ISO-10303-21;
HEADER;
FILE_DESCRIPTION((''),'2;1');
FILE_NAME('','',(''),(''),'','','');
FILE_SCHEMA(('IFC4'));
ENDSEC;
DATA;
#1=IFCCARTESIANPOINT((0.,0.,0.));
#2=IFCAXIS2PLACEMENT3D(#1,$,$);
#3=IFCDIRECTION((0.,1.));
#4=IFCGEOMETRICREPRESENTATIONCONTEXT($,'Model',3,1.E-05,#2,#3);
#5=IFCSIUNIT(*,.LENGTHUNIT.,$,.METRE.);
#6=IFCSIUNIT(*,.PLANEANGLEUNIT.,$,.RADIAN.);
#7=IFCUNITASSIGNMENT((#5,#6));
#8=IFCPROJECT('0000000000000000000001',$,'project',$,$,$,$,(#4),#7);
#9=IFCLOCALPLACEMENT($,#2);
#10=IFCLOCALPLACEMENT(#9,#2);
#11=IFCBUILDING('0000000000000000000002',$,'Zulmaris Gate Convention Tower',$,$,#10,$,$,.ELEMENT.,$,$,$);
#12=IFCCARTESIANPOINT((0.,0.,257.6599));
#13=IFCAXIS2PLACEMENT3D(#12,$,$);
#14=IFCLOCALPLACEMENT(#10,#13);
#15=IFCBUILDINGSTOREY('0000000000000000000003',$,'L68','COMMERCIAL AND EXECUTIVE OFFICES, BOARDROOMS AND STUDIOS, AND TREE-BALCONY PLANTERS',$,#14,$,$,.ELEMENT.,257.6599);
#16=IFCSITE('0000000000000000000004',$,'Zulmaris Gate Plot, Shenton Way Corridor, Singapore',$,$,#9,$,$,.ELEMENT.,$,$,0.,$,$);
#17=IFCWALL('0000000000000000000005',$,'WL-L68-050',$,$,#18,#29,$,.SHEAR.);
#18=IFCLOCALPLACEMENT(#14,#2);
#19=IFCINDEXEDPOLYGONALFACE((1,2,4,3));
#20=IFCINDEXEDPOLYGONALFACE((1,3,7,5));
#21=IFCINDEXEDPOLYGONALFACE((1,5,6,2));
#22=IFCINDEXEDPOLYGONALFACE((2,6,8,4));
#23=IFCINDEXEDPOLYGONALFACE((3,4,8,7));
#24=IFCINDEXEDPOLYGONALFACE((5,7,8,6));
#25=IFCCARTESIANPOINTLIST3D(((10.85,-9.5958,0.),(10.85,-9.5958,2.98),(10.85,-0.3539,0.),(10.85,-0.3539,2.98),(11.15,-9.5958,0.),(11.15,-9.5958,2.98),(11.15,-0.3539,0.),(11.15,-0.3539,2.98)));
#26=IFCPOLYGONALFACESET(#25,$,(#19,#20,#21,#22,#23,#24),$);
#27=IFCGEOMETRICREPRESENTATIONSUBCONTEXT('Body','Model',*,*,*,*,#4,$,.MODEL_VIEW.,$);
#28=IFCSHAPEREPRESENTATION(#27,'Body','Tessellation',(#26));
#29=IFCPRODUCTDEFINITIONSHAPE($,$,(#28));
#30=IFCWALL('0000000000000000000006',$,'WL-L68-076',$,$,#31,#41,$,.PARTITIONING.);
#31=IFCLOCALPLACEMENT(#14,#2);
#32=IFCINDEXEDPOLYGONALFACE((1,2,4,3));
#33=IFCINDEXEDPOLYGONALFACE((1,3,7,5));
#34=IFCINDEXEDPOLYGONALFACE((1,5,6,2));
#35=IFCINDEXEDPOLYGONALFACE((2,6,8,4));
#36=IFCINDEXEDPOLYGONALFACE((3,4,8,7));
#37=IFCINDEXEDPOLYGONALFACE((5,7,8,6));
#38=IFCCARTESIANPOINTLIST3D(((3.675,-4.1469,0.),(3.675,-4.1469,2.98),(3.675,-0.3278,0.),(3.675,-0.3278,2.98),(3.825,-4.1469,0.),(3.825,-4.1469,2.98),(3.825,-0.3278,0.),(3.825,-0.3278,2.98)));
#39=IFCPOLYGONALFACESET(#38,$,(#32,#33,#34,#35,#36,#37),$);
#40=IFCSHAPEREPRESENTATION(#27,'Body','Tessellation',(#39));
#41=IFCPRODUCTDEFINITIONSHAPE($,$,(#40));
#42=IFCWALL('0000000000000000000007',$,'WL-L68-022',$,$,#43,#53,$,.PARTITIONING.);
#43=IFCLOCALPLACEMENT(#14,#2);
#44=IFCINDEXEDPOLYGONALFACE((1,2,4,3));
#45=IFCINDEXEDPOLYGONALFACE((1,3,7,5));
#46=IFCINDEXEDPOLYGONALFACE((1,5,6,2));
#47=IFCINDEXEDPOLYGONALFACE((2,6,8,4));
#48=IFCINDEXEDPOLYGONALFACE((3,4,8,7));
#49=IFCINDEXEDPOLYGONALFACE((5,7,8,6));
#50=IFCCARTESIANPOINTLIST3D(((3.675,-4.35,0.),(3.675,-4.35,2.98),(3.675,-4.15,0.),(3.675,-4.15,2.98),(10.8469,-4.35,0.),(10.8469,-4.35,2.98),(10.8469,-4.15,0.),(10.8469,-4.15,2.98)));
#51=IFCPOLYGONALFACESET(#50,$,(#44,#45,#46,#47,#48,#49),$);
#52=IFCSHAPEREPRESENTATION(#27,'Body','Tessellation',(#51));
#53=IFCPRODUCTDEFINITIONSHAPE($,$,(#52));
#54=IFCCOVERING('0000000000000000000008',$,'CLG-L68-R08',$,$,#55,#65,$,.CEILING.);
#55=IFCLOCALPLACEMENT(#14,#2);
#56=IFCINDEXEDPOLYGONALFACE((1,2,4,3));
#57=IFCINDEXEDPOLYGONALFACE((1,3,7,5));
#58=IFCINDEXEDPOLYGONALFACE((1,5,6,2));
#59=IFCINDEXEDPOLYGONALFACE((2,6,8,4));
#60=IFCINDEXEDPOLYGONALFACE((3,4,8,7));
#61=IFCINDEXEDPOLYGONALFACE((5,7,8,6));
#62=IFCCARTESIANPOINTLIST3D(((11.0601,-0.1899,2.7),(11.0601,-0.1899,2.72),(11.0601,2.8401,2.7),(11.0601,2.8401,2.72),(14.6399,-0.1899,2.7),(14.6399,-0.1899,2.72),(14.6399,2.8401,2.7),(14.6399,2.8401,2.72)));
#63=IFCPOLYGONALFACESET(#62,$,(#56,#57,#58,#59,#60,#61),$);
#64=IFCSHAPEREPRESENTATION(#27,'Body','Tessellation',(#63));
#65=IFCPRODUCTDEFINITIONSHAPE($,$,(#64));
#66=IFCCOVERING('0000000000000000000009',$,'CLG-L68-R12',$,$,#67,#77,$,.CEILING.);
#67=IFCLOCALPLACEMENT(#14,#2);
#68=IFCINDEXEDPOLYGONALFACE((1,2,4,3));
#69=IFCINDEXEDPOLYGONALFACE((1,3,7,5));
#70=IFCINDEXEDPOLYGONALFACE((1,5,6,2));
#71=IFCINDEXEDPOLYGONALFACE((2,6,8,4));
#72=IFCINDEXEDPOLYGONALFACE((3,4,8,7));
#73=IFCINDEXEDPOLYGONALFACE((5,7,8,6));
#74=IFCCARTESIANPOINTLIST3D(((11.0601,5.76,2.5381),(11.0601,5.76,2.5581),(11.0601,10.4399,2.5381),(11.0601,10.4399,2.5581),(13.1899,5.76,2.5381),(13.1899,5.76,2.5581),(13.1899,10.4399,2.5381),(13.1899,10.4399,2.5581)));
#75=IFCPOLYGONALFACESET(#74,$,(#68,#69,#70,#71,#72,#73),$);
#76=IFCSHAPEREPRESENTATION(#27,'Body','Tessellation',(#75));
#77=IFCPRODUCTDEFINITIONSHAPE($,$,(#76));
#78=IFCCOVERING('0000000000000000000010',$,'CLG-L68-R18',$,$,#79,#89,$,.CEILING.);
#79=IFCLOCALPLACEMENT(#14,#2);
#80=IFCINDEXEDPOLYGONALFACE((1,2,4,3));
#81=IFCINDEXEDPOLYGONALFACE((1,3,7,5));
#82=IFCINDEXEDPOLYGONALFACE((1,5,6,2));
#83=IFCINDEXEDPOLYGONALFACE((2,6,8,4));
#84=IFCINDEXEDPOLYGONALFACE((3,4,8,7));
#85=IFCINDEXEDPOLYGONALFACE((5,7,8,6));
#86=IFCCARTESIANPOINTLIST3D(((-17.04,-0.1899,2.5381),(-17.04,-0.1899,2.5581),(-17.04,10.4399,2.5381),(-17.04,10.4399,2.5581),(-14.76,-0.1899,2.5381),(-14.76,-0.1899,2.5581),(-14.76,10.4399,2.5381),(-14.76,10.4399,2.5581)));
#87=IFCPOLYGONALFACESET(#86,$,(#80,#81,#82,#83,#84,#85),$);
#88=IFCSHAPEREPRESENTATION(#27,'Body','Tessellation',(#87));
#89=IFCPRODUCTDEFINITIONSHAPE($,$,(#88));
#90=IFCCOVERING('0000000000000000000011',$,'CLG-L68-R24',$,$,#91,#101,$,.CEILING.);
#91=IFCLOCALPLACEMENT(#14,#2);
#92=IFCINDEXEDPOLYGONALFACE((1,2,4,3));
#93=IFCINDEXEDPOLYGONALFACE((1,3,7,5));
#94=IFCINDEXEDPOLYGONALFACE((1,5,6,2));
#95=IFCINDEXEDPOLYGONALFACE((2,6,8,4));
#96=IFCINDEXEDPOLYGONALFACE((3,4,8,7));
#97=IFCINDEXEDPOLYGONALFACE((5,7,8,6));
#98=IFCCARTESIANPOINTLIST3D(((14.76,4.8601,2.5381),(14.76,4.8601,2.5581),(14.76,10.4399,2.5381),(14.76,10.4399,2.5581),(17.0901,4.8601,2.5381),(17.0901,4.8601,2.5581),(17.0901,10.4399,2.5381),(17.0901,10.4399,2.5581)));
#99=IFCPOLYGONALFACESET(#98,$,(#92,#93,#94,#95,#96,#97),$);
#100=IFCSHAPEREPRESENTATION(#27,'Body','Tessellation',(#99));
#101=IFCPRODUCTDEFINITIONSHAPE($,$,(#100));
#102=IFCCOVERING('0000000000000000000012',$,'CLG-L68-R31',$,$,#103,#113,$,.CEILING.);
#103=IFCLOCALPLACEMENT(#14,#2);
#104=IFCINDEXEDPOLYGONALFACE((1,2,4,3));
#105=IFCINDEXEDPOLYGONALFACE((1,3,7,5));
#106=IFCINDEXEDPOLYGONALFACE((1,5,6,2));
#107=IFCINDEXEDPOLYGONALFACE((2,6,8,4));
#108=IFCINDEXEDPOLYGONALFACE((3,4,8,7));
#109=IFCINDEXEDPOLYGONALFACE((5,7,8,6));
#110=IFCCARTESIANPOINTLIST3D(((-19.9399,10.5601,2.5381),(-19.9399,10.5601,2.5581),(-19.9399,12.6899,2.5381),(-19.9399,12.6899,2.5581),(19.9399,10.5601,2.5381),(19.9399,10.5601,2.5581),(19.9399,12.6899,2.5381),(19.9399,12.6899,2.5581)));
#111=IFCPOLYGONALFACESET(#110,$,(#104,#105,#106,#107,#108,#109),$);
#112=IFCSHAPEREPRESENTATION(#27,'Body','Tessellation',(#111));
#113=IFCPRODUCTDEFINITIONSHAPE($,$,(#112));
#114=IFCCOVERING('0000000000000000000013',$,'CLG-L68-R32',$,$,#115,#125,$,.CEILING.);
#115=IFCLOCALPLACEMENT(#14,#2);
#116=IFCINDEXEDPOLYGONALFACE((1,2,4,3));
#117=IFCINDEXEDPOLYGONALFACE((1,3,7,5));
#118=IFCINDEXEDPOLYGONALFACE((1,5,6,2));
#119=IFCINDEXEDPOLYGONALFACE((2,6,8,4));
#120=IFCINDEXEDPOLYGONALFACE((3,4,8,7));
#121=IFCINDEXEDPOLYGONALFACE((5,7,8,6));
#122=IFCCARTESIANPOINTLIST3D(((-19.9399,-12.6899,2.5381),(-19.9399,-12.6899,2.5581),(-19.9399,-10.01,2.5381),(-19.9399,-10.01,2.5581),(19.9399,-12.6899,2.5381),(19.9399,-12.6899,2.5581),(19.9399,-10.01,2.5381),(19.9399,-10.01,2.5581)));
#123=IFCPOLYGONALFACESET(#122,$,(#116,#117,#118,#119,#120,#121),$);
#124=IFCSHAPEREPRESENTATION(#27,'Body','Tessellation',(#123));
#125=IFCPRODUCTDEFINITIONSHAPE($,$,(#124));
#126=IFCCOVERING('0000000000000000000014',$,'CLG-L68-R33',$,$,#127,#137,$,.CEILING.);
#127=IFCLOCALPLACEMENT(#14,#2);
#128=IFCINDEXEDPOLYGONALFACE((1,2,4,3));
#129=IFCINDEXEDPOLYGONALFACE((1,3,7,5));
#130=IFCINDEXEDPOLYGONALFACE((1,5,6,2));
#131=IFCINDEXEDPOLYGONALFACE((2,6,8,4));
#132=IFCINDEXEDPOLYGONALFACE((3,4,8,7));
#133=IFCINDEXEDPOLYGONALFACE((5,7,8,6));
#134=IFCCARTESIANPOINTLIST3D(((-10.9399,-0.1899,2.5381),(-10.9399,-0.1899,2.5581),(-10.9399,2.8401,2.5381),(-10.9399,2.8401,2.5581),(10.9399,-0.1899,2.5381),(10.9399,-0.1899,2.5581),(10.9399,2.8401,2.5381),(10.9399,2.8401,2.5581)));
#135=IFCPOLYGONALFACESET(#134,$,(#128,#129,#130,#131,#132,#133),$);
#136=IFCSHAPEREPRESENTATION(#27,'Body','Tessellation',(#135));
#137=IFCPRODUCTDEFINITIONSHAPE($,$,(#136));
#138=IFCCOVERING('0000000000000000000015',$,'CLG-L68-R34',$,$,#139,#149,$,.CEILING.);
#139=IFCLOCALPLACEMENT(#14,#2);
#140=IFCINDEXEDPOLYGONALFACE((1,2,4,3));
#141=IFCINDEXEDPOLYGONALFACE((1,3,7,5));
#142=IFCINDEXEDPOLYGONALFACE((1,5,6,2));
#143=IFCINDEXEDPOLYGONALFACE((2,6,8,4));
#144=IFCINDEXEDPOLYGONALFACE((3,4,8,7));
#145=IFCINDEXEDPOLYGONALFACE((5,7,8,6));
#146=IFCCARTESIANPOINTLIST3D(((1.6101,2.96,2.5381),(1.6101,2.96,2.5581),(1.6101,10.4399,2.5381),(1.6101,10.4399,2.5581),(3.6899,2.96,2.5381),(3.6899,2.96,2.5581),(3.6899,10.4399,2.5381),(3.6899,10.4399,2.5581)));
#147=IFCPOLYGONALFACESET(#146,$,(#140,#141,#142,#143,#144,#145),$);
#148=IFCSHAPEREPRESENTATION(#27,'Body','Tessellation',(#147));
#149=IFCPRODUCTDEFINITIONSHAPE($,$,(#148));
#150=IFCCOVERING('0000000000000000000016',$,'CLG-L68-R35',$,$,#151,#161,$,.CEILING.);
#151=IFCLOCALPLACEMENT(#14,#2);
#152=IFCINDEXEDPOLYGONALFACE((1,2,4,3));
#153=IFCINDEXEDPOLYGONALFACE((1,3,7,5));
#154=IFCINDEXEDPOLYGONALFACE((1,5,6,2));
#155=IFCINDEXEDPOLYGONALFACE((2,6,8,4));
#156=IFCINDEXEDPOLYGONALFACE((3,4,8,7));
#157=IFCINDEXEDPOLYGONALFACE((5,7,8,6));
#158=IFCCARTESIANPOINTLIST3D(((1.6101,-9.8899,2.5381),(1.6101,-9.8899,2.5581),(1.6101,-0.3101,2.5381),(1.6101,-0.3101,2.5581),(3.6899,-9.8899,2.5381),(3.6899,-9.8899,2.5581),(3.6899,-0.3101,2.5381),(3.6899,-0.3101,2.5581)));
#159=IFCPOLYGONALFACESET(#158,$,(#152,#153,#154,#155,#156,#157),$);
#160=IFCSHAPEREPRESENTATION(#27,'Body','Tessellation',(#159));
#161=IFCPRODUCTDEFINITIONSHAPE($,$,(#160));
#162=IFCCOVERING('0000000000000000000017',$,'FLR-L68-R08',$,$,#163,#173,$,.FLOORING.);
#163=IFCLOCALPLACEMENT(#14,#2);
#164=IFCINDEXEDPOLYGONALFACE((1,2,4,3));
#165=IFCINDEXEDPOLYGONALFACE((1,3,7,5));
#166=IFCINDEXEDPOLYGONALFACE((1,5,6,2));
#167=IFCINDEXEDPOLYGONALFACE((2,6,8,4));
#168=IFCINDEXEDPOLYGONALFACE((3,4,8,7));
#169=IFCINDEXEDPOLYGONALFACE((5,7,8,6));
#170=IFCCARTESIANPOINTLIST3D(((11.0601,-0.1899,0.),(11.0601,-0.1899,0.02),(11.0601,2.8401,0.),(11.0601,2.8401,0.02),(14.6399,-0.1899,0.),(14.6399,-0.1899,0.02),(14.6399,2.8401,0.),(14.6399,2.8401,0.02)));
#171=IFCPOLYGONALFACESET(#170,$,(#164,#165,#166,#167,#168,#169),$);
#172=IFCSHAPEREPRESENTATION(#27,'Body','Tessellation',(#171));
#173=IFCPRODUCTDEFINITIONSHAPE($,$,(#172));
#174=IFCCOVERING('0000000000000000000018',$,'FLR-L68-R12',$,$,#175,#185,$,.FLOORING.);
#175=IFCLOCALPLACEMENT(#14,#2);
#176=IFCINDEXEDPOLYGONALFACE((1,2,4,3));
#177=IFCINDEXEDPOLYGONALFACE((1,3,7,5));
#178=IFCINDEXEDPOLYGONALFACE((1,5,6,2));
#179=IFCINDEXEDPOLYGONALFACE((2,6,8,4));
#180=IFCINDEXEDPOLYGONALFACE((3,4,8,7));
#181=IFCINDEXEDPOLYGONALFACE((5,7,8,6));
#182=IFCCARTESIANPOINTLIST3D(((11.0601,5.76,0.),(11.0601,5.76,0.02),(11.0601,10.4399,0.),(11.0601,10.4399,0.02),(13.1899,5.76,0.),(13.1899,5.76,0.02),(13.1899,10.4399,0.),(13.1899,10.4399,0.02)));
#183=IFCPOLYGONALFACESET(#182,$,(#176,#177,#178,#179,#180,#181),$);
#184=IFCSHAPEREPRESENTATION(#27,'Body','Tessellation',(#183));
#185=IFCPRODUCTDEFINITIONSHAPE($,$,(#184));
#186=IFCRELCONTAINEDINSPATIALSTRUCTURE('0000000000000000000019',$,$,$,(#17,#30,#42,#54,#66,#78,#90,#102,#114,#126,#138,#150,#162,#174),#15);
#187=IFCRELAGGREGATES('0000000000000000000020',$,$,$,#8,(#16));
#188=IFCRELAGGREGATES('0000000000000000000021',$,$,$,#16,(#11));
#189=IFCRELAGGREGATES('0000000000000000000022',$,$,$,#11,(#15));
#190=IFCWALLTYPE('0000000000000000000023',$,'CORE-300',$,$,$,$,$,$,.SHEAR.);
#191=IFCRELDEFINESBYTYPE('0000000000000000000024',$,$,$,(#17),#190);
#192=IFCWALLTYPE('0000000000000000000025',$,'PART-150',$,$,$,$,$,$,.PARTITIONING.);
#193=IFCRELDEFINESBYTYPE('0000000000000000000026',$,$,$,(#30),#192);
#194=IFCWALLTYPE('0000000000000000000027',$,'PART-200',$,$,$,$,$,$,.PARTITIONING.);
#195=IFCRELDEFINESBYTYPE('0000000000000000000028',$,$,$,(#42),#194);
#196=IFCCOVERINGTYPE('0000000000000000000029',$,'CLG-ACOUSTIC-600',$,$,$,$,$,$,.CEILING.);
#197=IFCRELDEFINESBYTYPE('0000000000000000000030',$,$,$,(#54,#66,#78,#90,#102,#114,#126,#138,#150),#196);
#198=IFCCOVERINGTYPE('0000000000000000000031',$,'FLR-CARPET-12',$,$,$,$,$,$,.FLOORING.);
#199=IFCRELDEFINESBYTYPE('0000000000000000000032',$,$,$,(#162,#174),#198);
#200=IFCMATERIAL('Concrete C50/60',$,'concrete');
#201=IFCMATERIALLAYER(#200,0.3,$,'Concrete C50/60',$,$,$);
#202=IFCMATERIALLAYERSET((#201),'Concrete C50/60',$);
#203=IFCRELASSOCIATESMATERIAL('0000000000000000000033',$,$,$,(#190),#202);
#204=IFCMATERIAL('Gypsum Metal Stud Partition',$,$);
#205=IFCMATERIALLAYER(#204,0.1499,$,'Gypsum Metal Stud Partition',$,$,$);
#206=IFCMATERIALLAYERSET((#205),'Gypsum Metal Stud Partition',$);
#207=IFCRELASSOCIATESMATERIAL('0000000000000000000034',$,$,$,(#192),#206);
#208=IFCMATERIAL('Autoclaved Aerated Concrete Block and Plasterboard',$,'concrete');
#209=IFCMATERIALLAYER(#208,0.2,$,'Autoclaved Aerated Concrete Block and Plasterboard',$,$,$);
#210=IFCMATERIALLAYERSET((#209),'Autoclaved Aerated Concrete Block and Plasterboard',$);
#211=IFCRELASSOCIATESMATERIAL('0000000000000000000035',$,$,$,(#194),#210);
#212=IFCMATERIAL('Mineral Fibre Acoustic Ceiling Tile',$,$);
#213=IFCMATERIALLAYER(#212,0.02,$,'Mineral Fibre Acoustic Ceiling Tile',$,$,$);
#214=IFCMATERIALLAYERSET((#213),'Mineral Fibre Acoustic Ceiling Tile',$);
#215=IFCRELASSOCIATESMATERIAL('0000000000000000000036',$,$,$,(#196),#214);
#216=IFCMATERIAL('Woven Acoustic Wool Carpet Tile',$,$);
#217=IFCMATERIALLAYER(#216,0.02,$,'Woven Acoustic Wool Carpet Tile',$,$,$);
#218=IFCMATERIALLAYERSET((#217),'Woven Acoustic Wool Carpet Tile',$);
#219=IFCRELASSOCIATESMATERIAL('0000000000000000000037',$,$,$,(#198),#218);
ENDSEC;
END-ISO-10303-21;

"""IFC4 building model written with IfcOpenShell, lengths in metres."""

from ifc_helpers import new_model, si_unit, direction, frame, frame_2d, origin, place, context, subcontext, project, spatial, polyline, rectangle, outline, extrude, material, layer, layer_set, type_object, element, save


model = new_model("IFC4")

# Units and contexts
model_context = context("Model", 3, precision=1e-05, world=origin(), true_north=direction((0.0, 1.0)))
body_context = subcontext(model_context, "Body", "Model", "MODEL_VIEW")
ifc_project = project(units=[si_unit("LENGTHUNIT", "METRE"), si_unit("PLANEANGLEUNIT", "RADIAN")], contexts=[model_context])

# Site, building, storey
site_placement = place(None, origin())
site = spatial("IfcSite", under=ifc_project, at=site_placement, Name="Zulmaris Gate Plot, Shenton Way Corridor, Singapore", CompositionType="ELEMENT", RefElevation=0.0)
building_placement = place(site_placement, origin())
building = spatial("IfcBuilding", under=site, at=building_placement, Name="Zulmaris Gate Convention Tower", CompositionType="ELEMENT")
storey_placement = place(building_placement, frame((0.0, 0.0, 257.6599)))
storey = spatial("IfcBuildingStorey", under=building, at=storey_placement, Name="L68", Description="COMMERCIAL AND EXECUTIVE OFFICES, BOARDROOMS AND STUDIOS, AND TREE-BALCONY PLANTERS", CompositionType="ELEMENT", Elevation=257.6599)

# Walls
ifc_material_1 = material(Name="Concrete C50/60", Category="concrete")
ifc_layer_1 = layer(ifc_material_1, 0.3, Name="Concrete C50/60")
ifc_layer_set_1 = layer_set([ifc_layer_1], Name="Concrete C50/60")
wall_type_1 = type_object("IfcWallType", Name="CORE-300", PredefinedType="SHEAR", material=ifc_layer_set_1)
wall_1_placement = place(storey_placement, frame((11.0, -9.5959, 0.0), z_axis=(0.0, 0.0, 1.0), x_axis=(0.0, 1.0, 0.0)))
element("IfcWall", 1, at=wall_1_placement, inside=storey, type_object=wall_type_1, Name="WL-L68-050", PredefinedType="SHEAR", context=body_context, shape_type="SweptSolid", body=[
    extrude(rectangle(XDim=9.2419, YDim=0.3, at=frame_2d((4.6211, 0.0))), origin(), (0.0, 0.0, 1.0), 2.98),
])
ifc_material_2 = material(Name="Gypsum Metal Stud Partition")
ifc_layer_2 = layer(ifc_material_2, 0.1499, Name="Gypsum Metal Stud Partition")
ifc_layer_set_2 = layer_set([ifc_layer_2], Name="Gypsum Metal Stud Partition")
wall_type_2 = type_object("IfcWallType", Name="PART-150", PredefinedType="PARTITIONING", material=ifc_layer_set_2)
wall_2_placement = place(storey_placement, frame((3.75, -4.147, 0.0), z_axis=(0.0, 0.0, 1.0), x_axis=(0.0, 1.0, 0.0)))
element("IfcWall", 2, at=wall_2_placement, inside=storey, type_object=wall_type_2, Name="WL-L68-076", PredefinedType="PARTITIONING", context=body_context, shape_type="SweptSolid", body=[
    extrude(rectangle(XDim=3.8191, YDim=0.1499, at=frame_2d((1.9097, 0.0))), origin(), (0.0, 0.0, 1.0), 2.98),
])
ifc_material_3 = material(Name="Autoclaved Aerated Concrete Block and Plasterboard", Category="concrete")
ifc_layer_3 = layer(ifc_material_3, 0.2, Name="Autoclaved Aerated Concrete Block and Plasterboard")
ifc_layer_set_3 = layer_set([ifc_layer_3], Name="Autoclaved Aerated Concrete Block and Plasterboard")
wall_type_3 = type_object("IfcWallType", Name="PART-200", PredefinedType="PARTITIONING", material=ifc_layer_set_3)
wall_3_placement = place(storey_placement, frame((3.675, -4.25, 0.0), z_axis=(0.0, 0.0, 1.0), x_axis=(1.0, 0.0, 0.0)))
element("IfcWall", 3, at=wall_3_placement, inside=storey, type_object=wall_type_3, Name="WL-L68-022", PredefinedType="PARTITIONING", context=body_context, shape_type="SweptSolid", body=[
    extrude(rectangle(XDim=7.1719, YDim=0.2, at=frame_2d((3.5859, 0.0))), origin(), (0.0, 0.0, 1.0), 2.98),
])

# Coverings
ifc_material_4 = material(Name="Mineral Fibre Acoustic Ceiling Tile")
ifc_layer_4 = layer(ifc_material_4, 0.02, Name="Mineral Fibre Acoustic Ceiling Tile")
ifc_layer_set_4 = layer_set([ifc_layer_4], Name="Mineral Fibre Acoustic Ceiling Tile")
covering_type_1 = type_object("IfcCoveringType", Name="CLG-ACOUSTIC-600", PredefinedType="CEILING", material=ifc_layer_set_4)
covering_1_placement = place(storey_placement, frame((0.0, 0.0, 2.7)))
element("IfcCovering", 4, at=covering_1_placement, inside=storey, type_object=covering_type_1, Name="CLG-L68-R08", PredefinedType="CEILING", context=body_context, shape_type="SweptSolid", body=[
    extrude(outline(polyline([(11.0601, -0.1899), (14.6399, -0.1899), (14.6399, 2.8401), (11.0601, 2.8401), (11.0601, -0.1899)])), origin(), (0.0, 0.0, 1.0), 0.02),
])
covering_2_placement = place(storey_placement, frame((0.0, 0.0, 2.5381)))
element("IfcCovering", 5, at=covering_2_placement, inside=storey, type_object=covering_type_1, Name="CLG-L68-R12", PredefinedType="CEILING", context=body_context, shape_type="SweptSolid", body=[
    extrude(outline(polyline([(11.0601, 5.76), (13.1899, 5.76), (13.1899, 10.4399), (11.0601, 10.4399), (11.0601, 5.76)])), origin(), (0.0, 0.0, 1.0), 0.02),
])
covering_3_placement = place(storey_placement, frame((0.0, 0.0, 2.5381)))
element("IfcCovering", 6, at=covering_3_placement, inside=storey, type_object=covering_type_1, Name="CLG-L68-R18", PredefinedType="CEILING", context=body_context, shape_type="SweptSolid", body=[
    extrude(outline(polyline([(-17.04, -0.1899), (-14.76, -0.1899), (-14.76, 10.4399), (-17.04, 10.4399), (-17.04, -0.1899)])), origin(), (0.0, 0.0, 1.0), 0.02),
])
covering_4_placement = place(storey_placement, frame((0.0, 0.0, 2.5381)))
element("IfcCovering", 7, at=covering_4_placement, inside=storey, type_object=covering_type_1, Name="CLG-L68-R24", PredefinedType="CEILING", context=body_context, shape_type="SweptSolid", body=[
    extrude(outline(polyline([(14.76, 4.8601), (17.0901, 4.8601), (17.0901, 10.4399), (14.76, 10.4399), (14.76, 4.8601)])), origin(), (0.0, 0.0, 1.0), 0.02),
])
covering_5_placement = place(storey_placement, frame((0.0, 0.0, 2.5381)))
element("IfcCovering", 8, at=covering_5_placement, inside=storey, type_object=covering_type_1, Name="CLG-L68-R31", PredefinedType="CEILING", context=body_context, shape_type="SweptSolid", body=[
    extrude(outline(polyline([(-19.9399, 10.5601), (19.9399, 10.5601), (19.9399, 12.6899), (-19.9399, 12.6899), (-19.9399, 10.5601)])), origin(), (0.0, 0.0, 1.0), 0.02),
])
covering_6_placement = place(storey_placement, frame((0.0, 0.0, 2.5381)))
element("IfcCovering", 9, at=covering_6_placement, inside=storey, type_object=covering_type_1, Name="CLG-L68-R32", PredefinedType="CEILING", context=body_context, shape_type="SweptSolid", body=[
    extrude(outline(polyline([(-19.9399, -12.6899), (19.9399, -12.6899), (19.9399, -10.01), (-19.9399, -10.01), (-19.9399, -12.6899)])), origin(), (0.0, 0.0, 1.0), 0.02),
])
covering_7_placement = place(storey_placement, frame((0.0, 0.0, 2.5381)))
element("IfcCovering", 10, at=covering_7_placement, inside=storey, type_object=covering_type_1, Name="CLG-L68-R33", PredefinedType="CEILING", context=body_context, shape_type="SweptSolid", body=[
    extrude(outline(polyline([(-10.9399, -0.1899), (10.9399, -0.1899), (10.9399, 2.8401), (-10.9399, 2.8401), (-10.9399, -0.1899)])), origin(), (0.0, 0.0, 1.0), 0.02),
])
covering_8_placement = place(storey_placement, frame((0.0, 0.0, 2.5381)))
element("IfcCovering", 11, at=covering_8_placement, inside=storey, type_object=covering_type_1, Name="CLG-L68-R34", PredefinedType="CEILING", context=body_context, shape_type="SweptSolid", body=[
    extrude(outline(polyline([(1.6101, 2.96), (3.6899, 2.96), (3.6899, 10.4399), (1.6101, 10.4399), (1.6101, 2.96)])), origin(), (0.0, 0.0, 1.0), 0.02),
])
covering_9_placement = place(storey_placement, frame((0.0, 0.0, 2.5381)))
element("IfcCovering", 12, at=covering_9_placement, inside=storey, type_object=covering_type_1, Name="CLG-L68-R35", PredefinedType="CEILING", context=body_context, shape_type="SweptSolid", body=[
    extrude(outline(polyline([(1.6101, -9.8899), (3.6899, -9.8899), (3.6899, -0.3101), (1.6101, -0.3101), (1.6101, -9.8899)])), origin(), (0.0, 0.0, 1.0), 0.02),
])
ifc_material_5 = material(Name="Woven Acoustic Wool Carpet Tile")
ifc_layer_5 = layer(ifc_material_5, 0.02, Name="Woven Acoustic Wool Carpet Tile")
ifc_layer_set_5 = layer_set([ifc_layer_5], Name="Woven Acoustic Wool Carpet Tile")
covering_type_2 = type_object("IfcCoveringType", Name="FLR-CARPET-12", PredefinedType="FLOORING", material=ifc_layer_set_5)
covering_10_placement = place(storey_placement, origin())
element("IfcCovering", 13, at=covering_10_placement, inside=storey, type_object=covering_type_2, Name="FLR-L68-R08", PredefinedType="FLOORING", context=body_context, shape_type="SweptSolid", body=[
    extrude(outline(polyline([(11.0601, -0.1899), (14.6399, -0.1899), (14.6399, 2.8401), (11.0601, 2.8401), (11.0601, -0.1899)])), origin(), (0.0, 0.0, 1.0), 0.02),
])
covering_11_placement = place(storey_placement, origin())
element("IfcCovering", 14, at=covering_11_placement, inside=storey, type_object=covering_type_2, Name="FLR-L68-R12", PredefinedType="FLOORING", context=body_context, shape_type="SweptSolid", body=[
    extrude(outline(polyline([(11.0601, 5.76), (13.1899, 5.76), (13.1899, 10.4399), (11.0601, 10.4399), (11.0601, 5.76)])), origin(), (0.0, 0.0, 1.0), 0.02),
])

save(model, "model.ifc")
